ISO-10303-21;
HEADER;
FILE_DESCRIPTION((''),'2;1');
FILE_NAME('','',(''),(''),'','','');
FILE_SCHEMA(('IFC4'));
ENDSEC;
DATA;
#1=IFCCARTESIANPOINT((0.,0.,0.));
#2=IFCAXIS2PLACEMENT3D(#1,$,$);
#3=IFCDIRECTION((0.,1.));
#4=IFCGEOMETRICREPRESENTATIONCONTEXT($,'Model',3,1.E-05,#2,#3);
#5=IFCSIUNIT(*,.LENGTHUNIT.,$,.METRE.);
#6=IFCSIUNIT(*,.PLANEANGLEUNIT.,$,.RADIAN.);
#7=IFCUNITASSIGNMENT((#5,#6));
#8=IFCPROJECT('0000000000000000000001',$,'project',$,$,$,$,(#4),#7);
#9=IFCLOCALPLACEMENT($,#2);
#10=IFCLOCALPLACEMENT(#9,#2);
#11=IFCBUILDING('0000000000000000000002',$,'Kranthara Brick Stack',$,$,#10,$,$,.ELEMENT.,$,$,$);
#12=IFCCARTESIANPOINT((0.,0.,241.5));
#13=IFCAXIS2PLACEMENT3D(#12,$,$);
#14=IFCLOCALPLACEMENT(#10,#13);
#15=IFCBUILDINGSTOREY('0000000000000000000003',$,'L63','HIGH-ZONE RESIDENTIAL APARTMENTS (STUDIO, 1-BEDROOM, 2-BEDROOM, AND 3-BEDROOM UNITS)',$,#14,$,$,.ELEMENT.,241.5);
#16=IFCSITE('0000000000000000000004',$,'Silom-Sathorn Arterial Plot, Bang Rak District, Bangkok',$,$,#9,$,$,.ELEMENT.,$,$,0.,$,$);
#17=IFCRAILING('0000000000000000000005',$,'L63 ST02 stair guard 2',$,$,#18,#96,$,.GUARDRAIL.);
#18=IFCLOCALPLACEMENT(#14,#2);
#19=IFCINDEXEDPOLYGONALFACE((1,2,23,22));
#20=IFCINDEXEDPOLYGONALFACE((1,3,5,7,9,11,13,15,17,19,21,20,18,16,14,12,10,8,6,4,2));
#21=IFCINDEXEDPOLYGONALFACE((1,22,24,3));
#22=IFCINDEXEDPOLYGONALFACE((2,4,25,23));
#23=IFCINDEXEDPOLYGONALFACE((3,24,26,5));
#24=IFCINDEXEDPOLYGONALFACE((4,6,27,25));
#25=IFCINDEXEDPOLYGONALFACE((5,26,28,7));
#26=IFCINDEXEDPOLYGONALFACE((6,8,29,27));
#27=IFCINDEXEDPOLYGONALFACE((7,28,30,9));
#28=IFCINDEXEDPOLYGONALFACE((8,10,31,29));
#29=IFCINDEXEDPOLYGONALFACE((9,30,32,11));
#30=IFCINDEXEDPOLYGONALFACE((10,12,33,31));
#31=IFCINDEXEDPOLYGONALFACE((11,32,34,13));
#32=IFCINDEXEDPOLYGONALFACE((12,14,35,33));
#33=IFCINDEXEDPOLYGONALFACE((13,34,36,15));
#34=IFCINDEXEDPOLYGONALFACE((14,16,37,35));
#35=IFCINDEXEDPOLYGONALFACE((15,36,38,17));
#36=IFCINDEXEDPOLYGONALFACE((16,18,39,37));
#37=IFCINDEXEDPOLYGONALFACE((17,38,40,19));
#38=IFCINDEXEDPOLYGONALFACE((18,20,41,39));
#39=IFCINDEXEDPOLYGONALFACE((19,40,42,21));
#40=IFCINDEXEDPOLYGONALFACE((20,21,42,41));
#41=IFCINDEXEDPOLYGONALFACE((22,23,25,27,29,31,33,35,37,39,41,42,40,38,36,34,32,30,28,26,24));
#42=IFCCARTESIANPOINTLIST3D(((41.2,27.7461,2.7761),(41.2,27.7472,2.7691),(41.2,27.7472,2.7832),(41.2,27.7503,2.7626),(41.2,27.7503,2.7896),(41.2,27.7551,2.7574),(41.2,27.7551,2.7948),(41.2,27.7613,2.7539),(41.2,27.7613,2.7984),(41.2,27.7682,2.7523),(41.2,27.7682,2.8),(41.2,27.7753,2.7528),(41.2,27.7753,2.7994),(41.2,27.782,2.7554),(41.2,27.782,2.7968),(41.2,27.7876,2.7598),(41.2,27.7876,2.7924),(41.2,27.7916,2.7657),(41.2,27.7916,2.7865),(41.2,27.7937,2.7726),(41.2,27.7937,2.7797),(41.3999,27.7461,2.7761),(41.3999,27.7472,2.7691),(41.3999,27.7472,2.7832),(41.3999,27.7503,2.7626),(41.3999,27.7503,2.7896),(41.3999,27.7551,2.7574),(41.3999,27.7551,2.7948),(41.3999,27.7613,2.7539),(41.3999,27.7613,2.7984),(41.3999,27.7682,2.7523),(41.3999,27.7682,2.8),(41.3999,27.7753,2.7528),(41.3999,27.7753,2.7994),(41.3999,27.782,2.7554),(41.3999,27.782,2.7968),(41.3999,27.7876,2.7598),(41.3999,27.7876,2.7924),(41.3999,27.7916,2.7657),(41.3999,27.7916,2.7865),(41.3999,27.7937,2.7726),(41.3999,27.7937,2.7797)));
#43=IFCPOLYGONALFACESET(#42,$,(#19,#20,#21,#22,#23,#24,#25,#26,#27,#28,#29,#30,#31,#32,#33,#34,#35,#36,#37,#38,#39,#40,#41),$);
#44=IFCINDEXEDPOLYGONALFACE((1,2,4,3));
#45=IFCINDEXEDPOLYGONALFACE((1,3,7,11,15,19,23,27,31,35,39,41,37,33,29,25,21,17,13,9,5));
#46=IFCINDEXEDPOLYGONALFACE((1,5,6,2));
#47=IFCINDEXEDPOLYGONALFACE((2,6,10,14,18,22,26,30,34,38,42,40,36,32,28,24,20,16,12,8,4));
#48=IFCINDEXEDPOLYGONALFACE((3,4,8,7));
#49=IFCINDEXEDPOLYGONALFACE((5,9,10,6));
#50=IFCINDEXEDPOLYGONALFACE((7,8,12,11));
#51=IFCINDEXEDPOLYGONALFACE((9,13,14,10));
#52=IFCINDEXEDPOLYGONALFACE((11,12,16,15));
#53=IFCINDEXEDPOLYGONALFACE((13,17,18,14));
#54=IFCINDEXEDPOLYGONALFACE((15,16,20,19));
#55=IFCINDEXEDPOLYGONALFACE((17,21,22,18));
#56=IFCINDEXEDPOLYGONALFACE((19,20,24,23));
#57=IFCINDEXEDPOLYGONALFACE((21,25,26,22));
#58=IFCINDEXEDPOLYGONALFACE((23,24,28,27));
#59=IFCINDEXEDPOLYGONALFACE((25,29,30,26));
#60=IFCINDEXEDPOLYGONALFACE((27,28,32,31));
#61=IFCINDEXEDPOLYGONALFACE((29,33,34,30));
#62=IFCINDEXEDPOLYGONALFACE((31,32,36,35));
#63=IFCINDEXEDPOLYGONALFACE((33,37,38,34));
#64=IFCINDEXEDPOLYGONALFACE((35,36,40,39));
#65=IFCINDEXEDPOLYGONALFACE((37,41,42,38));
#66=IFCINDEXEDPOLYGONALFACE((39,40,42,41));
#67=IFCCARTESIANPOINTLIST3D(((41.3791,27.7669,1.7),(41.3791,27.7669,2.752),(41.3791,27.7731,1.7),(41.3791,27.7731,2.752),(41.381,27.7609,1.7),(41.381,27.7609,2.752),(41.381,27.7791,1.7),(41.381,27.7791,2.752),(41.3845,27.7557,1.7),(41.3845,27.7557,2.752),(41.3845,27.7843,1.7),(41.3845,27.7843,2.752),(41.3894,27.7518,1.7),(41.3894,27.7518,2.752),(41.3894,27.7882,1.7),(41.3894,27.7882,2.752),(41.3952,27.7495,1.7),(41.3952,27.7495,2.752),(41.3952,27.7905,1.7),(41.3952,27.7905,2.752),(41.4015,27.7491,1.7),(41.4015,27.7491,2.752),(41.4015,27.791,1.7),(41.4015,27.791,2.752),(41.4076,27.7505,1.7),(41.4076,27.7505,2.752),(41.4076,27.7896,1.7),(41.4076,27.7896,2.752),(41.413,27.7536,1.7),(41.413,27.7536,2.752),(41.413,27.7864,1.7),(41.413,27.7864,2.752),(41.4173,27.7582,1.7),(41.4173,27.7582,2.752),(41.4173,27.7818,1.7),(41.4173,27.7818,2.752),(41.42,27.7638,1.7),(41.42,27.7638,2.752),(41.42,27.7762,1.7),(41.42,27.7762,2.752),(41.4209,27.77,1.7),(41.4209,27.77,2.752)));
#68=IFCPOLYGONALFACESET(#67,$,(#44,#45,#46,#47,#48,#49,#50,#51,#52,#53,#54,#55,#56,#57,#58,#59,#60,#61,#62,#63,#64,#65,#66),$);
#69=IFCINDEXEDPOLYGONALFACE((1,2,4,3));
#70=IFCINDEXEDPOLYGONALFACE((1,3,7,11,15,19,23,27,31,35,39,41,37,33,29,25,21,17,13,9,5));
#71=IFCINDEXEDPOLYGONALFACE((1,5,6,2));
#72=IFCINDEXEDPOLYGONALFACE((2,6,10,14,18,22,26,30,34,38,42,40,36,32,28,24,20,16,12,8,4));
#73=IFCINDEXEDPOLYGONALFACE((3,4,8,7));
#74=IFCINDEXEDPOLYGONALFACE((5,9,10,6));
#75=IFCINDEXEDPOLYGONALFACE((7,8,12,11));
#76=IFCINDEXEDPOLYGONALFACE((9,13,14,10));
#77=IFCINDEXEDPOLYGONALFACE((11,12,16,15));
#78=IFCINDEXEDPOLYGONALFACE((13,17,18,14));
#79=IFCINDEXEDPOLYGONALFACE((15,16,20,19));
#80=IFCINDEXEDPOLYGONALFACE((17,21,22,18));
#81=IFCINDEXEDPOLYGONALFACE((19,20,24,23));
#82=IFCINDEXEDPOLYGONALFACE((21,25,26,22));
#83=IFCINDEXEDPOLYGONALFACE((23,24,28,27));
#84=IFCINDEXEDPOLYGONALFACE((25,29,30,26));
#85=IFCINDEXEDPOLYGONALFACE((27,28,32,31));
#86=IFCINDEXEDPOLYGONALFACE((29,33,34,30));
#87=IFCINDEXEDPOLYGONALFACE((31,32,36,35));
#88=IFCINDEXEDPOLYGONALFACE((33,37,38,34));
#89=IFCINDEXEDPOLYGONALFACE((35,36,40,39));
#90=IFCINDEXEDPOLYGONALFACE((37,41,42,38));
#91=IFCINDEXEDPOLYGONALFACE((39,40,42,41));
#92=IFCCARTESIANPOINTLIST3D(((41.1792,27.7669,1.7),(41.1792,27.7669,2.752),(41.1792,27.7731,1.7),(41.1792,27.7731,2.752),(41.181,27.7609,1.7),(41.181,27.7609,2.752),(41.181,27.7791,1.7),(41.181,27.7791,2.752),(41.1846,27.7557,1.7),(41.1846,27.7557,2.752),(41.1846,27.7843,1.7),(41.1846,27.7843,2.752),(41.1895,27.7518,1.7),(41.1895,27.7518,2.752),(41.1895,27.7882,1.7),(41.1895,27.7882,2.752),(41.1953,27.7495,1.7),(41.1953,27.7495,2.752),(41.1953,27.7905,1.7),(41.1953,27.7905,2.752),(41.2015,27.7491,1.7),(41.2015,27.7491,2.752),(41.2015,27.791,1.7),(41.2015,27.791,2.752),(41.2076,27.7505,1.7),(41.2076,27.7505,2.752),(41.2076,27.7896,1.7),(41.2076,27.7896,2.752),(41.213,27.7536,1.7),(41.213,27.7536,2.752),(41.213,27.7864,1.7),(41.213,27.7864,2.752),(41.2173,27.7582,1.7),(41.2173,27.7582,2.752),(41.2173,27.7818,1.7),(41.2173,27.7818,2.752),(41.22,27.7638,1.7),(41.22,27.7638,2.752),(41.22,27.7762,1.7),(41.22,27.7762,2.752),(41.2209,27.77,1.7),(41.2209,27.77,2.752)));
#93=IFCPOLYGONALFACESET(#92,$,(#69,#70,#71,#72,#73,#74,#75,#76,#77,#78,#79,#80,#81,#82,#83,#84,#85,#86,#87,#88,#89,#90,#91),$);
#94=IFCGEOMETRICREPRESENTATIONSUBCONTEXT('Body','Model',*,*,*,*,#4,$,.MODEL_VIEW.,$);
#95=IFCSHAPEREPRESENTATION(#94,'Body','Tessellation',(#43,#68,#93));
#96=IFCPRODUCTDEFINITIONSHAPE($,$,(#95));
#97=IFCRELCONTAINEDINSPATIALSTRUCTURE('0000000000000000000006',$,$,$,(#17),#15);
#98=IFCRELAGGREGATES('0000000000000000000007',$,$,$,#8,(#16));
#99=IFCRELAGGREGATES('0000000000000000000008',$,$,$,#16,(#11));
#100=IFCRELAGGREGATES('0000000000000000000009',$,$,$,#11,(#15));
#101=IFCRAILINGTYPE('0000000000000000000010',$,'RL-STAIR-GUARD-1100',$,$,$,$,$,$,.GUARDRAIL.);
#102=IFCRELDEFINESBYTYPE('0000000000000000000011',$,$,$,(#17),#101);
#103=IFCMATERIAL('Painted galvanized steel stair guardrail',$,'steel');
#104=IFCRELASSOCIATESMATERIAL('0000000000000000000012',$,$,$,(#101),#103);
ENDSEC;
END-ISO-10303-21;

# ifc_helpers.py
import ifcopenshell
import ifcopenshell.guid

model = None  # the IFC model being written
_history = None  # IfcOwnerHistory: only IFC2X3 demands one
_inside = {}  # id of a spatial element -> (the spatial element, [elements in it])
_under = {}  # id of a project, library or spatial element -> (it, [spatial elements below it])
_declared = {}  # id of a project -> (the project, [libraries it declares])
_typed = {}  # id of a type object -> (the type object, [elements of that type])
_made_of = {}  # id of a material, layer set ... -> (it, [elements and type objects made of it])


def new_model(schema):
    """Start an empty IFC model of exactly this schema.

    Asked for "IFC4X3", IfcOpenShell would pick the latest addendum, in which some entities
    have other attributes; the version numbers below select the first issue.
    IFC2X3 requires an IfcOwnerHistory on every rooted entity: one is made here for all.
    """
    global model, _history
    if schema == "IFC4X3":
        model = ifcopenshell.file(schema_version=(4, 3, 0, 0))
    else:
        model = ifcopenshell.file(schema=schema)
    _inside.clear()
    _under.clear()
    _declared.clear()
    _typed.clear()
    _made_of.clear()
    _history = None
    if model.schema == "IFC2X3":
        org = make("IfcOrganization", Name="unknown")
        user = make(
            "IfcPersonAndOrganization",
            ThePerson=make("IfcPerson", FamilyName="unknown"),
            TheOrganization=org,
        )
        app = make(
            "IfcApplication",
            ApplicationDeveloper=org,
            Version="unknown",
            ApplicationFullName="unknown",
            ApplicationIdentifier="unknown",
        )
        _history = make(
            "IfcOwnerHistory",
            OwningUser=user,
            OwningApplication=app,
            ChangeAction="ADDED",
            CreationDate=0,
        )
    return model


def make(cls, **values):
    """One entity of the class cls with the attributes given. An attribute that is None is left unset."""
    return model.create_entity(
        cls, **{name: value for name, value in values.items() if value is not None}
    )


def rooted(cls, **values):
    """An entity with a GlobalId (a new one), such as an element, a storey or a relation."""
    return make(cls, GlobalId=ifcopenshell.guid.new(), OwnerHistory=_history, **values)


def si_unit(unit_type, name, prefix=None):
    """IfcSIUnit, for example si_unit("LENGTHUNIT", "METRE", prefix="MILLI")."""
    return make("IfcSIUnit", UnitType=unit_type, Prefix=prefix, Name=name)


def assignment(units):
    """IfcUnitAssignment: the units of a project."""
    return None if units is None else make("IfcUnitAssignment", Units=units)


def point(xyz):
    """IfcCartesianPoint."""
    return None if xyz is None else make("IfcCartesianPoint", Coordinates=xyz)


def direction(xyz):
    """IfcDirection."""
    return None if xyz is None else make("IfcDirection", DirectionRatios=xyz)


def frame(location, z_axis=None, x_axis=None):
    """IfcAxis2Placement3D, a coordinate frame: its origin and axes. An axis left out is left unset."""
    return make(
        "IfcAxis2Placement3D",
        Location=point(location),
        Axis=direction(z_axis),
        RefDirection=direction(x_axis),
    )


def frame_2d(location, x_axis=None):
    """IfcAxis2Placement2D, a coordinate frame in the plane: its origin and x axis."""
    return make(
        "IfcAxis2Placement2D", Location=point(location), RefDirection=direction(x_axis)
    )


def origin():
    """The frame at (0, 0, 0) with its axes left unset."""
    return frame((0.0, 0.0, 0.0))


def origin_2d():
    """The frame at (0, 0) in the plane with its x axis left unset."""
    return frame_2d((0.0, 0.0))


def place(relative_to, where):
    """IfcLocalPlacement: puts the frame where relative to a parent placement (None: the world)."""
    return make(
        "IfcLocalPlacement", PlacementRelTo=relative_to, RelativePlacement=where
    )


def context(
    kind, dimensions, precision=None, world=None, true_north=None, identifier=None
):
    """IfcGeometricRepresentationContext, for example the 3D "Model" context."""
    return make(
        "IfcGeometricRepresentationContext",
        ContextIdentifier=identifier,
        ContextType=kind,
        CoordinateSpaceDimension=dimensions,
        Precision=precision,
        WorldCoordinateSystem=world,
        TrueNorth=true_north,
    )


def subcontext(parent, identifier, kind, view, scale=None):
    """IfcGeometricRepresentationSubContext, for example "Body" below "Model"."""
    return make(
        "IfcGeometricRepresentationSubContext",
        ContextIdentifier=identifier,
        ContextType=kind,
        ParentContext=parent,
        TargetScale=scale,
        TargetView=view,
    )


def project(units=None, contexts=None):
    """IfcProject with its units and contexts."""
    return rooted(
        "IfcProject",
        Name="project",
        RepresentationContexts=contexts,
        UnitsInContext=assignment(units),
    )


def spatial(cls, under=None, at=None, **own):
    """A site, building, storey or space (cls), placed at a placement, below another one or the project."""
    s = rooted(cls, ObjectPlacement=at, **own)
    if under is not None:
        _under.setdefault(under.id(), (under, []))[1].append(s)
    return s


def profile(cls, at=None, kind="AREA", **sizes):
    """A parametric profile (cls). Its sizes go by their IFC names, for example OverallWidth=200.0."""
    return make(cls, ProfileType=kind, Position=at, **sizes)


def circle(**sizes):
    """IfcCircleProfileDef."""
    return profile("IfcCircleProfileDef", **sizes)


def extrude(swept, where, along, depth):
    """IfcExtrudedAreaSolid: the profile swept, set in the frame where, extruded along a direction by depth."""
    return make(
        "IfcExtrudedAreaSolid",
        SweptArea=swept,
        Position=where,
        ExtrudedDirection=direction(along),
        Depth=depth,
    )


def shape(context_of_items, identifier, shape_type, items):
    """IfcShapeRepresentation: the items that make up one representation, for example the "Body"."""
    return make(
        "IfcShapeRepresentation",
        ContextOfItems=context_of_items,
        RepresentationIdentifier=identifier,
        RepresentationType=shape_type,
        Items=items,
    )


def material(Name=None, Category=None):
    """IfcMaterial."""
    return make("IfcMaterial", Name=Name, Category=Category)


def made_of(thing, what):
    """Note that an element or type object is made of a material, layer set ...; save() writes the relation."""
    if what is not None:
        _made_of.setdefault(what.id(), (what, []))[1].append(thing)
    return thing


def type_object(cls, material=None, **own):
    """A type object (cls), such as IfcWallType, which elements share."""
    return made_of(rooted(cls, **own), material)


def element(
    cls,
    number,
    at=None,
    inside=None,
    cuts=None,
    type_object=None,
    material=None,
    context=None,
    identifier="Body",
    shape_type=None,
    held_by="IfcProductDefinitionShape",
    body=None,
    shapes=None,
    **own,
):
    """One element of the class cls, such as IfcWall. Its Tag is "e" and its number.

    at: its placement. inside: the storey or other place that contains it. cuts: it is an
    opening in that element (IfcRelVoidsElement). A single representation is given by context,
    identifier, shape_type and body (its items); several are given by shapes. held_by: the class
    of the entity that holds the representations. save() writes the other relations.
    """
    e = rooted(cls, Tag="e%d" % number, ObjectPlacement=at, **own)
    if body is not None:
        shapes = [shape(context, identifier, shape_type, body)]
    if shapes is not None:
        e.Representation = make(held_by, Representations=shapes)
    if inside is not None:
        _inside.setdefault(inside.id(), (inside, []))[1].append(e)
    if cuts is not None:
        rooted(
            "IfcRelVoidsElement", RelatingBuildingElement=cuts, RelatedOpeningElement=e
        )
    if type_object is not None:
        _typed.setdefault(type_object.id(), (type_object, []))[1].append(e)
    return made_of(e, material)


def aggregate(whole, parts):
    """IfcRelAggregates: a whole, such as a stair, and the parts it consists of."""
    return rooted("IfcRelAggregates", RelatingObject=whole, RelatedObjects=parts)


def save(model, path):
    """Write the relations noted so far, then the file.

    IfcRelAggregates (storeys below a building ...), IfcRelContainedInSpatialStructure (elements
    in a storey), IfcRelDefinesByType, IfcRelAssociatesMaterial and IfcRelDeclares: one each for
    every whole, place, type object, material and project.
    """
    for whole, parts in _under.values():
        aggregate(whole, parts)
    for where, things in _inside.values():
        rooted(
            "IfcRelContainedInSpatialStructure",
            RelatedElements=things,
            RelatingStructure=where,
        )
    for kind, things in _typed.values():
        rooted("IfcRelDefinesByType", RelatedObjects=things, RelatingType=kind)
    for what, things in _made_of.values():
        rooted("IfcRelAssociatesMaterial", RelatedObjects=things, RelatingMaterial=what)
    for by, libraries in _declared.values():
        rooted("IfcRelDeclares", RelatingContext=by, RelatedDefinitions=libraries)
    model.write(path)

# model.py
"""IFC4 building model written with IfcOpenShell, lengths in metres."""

from ifc_helpers import new_model, si_unit, direction, frame, origin, origin_2d, place, context, subcontext, project, spatial, circle, extrude, material, type_object, element, save


model = new_model("IFC4")

# Units and contexts
model_context = context("Model", 3, precision=1e-05, world=origin(), true_north=direction((0.0, 1.0)))
body_context = subcontext(model_context, "Body", "Model", "MODEL_VIEW")
ifc_project = project(units=[si_unit("LENGTHUNIT", "METRE"), si_unit("PLANEANGLEUNIT", "RADIAN")], contexts=[model_context])

# Site, building, storey
site_placement = place(None, origin())
site = spatial("IfcSite", under=ifc_project, at=site_placement, Name="Silom-Sathorn Arterial Plot, Bang Rak District, Bangkok", CompositionType="ELEMENT", RefElevation=0.0)
building_placement = place(site_placement, origin())
building = spatial("IfcBuilding", under=site, at=building_placement, Name="Kranthara Brick Stack", CompositionType="ELEMENT")
storey_placement = place(building_placement, frame((0.0, 0.0, 241.5)))
storey = spatial("IfcBuildingStorey", under=building, at=storey_placement, Name="L63", Description="HIGH-ZONE RESIDENTIAL APARTMENTS (STUDIO, 1-BEDROOM, 2-BEDROOM, AND 3-BEDROOM UNITS)", CompositionType="ELEMENT", Elevation=241.5)

# Railing
ifc_material_1 = material(Name="Painted galvanized steel stair guardrail", Category="steel")
railing_type = type_object("IfcRailingType", Name="RL-STAIR-GUARD-1100", PredefinedType="GUARDRAIL", material=ifc_material_1)
railing_placement = place(storey_placement, frame((41.3999, 27.77, 1.7)))
element("IfcRailing", 1, at=railing_placement, inside=storey, type_object=railing_type, Name="L63 ST02 stair guard 2", PredefinedType="GUARDRAIL", context=body_context, shape_type="SweptSolid", body=[
    extrude(circle(Radius=0.0239, at=origin_2d()), frame((0.0, 0.0, 1.0762), z_axis=(-1.0, 0.0, 0.0), x_axis=(0.0, -1.0, 0.0)), (0.0, 0.0, 1.0), 0.2),
    extrude(circle(Radius=0.021, at=origin_2d()), origin(), (0.0, 0.0, 1.0), 1.052),
    extrude(circle(Radius=0.021, at=origin_2d()), frame((-0.2, 0.0, 0.0)), (0.0, 0.0, 1.0), 1.052),
])

save(model, "model.ifc")
